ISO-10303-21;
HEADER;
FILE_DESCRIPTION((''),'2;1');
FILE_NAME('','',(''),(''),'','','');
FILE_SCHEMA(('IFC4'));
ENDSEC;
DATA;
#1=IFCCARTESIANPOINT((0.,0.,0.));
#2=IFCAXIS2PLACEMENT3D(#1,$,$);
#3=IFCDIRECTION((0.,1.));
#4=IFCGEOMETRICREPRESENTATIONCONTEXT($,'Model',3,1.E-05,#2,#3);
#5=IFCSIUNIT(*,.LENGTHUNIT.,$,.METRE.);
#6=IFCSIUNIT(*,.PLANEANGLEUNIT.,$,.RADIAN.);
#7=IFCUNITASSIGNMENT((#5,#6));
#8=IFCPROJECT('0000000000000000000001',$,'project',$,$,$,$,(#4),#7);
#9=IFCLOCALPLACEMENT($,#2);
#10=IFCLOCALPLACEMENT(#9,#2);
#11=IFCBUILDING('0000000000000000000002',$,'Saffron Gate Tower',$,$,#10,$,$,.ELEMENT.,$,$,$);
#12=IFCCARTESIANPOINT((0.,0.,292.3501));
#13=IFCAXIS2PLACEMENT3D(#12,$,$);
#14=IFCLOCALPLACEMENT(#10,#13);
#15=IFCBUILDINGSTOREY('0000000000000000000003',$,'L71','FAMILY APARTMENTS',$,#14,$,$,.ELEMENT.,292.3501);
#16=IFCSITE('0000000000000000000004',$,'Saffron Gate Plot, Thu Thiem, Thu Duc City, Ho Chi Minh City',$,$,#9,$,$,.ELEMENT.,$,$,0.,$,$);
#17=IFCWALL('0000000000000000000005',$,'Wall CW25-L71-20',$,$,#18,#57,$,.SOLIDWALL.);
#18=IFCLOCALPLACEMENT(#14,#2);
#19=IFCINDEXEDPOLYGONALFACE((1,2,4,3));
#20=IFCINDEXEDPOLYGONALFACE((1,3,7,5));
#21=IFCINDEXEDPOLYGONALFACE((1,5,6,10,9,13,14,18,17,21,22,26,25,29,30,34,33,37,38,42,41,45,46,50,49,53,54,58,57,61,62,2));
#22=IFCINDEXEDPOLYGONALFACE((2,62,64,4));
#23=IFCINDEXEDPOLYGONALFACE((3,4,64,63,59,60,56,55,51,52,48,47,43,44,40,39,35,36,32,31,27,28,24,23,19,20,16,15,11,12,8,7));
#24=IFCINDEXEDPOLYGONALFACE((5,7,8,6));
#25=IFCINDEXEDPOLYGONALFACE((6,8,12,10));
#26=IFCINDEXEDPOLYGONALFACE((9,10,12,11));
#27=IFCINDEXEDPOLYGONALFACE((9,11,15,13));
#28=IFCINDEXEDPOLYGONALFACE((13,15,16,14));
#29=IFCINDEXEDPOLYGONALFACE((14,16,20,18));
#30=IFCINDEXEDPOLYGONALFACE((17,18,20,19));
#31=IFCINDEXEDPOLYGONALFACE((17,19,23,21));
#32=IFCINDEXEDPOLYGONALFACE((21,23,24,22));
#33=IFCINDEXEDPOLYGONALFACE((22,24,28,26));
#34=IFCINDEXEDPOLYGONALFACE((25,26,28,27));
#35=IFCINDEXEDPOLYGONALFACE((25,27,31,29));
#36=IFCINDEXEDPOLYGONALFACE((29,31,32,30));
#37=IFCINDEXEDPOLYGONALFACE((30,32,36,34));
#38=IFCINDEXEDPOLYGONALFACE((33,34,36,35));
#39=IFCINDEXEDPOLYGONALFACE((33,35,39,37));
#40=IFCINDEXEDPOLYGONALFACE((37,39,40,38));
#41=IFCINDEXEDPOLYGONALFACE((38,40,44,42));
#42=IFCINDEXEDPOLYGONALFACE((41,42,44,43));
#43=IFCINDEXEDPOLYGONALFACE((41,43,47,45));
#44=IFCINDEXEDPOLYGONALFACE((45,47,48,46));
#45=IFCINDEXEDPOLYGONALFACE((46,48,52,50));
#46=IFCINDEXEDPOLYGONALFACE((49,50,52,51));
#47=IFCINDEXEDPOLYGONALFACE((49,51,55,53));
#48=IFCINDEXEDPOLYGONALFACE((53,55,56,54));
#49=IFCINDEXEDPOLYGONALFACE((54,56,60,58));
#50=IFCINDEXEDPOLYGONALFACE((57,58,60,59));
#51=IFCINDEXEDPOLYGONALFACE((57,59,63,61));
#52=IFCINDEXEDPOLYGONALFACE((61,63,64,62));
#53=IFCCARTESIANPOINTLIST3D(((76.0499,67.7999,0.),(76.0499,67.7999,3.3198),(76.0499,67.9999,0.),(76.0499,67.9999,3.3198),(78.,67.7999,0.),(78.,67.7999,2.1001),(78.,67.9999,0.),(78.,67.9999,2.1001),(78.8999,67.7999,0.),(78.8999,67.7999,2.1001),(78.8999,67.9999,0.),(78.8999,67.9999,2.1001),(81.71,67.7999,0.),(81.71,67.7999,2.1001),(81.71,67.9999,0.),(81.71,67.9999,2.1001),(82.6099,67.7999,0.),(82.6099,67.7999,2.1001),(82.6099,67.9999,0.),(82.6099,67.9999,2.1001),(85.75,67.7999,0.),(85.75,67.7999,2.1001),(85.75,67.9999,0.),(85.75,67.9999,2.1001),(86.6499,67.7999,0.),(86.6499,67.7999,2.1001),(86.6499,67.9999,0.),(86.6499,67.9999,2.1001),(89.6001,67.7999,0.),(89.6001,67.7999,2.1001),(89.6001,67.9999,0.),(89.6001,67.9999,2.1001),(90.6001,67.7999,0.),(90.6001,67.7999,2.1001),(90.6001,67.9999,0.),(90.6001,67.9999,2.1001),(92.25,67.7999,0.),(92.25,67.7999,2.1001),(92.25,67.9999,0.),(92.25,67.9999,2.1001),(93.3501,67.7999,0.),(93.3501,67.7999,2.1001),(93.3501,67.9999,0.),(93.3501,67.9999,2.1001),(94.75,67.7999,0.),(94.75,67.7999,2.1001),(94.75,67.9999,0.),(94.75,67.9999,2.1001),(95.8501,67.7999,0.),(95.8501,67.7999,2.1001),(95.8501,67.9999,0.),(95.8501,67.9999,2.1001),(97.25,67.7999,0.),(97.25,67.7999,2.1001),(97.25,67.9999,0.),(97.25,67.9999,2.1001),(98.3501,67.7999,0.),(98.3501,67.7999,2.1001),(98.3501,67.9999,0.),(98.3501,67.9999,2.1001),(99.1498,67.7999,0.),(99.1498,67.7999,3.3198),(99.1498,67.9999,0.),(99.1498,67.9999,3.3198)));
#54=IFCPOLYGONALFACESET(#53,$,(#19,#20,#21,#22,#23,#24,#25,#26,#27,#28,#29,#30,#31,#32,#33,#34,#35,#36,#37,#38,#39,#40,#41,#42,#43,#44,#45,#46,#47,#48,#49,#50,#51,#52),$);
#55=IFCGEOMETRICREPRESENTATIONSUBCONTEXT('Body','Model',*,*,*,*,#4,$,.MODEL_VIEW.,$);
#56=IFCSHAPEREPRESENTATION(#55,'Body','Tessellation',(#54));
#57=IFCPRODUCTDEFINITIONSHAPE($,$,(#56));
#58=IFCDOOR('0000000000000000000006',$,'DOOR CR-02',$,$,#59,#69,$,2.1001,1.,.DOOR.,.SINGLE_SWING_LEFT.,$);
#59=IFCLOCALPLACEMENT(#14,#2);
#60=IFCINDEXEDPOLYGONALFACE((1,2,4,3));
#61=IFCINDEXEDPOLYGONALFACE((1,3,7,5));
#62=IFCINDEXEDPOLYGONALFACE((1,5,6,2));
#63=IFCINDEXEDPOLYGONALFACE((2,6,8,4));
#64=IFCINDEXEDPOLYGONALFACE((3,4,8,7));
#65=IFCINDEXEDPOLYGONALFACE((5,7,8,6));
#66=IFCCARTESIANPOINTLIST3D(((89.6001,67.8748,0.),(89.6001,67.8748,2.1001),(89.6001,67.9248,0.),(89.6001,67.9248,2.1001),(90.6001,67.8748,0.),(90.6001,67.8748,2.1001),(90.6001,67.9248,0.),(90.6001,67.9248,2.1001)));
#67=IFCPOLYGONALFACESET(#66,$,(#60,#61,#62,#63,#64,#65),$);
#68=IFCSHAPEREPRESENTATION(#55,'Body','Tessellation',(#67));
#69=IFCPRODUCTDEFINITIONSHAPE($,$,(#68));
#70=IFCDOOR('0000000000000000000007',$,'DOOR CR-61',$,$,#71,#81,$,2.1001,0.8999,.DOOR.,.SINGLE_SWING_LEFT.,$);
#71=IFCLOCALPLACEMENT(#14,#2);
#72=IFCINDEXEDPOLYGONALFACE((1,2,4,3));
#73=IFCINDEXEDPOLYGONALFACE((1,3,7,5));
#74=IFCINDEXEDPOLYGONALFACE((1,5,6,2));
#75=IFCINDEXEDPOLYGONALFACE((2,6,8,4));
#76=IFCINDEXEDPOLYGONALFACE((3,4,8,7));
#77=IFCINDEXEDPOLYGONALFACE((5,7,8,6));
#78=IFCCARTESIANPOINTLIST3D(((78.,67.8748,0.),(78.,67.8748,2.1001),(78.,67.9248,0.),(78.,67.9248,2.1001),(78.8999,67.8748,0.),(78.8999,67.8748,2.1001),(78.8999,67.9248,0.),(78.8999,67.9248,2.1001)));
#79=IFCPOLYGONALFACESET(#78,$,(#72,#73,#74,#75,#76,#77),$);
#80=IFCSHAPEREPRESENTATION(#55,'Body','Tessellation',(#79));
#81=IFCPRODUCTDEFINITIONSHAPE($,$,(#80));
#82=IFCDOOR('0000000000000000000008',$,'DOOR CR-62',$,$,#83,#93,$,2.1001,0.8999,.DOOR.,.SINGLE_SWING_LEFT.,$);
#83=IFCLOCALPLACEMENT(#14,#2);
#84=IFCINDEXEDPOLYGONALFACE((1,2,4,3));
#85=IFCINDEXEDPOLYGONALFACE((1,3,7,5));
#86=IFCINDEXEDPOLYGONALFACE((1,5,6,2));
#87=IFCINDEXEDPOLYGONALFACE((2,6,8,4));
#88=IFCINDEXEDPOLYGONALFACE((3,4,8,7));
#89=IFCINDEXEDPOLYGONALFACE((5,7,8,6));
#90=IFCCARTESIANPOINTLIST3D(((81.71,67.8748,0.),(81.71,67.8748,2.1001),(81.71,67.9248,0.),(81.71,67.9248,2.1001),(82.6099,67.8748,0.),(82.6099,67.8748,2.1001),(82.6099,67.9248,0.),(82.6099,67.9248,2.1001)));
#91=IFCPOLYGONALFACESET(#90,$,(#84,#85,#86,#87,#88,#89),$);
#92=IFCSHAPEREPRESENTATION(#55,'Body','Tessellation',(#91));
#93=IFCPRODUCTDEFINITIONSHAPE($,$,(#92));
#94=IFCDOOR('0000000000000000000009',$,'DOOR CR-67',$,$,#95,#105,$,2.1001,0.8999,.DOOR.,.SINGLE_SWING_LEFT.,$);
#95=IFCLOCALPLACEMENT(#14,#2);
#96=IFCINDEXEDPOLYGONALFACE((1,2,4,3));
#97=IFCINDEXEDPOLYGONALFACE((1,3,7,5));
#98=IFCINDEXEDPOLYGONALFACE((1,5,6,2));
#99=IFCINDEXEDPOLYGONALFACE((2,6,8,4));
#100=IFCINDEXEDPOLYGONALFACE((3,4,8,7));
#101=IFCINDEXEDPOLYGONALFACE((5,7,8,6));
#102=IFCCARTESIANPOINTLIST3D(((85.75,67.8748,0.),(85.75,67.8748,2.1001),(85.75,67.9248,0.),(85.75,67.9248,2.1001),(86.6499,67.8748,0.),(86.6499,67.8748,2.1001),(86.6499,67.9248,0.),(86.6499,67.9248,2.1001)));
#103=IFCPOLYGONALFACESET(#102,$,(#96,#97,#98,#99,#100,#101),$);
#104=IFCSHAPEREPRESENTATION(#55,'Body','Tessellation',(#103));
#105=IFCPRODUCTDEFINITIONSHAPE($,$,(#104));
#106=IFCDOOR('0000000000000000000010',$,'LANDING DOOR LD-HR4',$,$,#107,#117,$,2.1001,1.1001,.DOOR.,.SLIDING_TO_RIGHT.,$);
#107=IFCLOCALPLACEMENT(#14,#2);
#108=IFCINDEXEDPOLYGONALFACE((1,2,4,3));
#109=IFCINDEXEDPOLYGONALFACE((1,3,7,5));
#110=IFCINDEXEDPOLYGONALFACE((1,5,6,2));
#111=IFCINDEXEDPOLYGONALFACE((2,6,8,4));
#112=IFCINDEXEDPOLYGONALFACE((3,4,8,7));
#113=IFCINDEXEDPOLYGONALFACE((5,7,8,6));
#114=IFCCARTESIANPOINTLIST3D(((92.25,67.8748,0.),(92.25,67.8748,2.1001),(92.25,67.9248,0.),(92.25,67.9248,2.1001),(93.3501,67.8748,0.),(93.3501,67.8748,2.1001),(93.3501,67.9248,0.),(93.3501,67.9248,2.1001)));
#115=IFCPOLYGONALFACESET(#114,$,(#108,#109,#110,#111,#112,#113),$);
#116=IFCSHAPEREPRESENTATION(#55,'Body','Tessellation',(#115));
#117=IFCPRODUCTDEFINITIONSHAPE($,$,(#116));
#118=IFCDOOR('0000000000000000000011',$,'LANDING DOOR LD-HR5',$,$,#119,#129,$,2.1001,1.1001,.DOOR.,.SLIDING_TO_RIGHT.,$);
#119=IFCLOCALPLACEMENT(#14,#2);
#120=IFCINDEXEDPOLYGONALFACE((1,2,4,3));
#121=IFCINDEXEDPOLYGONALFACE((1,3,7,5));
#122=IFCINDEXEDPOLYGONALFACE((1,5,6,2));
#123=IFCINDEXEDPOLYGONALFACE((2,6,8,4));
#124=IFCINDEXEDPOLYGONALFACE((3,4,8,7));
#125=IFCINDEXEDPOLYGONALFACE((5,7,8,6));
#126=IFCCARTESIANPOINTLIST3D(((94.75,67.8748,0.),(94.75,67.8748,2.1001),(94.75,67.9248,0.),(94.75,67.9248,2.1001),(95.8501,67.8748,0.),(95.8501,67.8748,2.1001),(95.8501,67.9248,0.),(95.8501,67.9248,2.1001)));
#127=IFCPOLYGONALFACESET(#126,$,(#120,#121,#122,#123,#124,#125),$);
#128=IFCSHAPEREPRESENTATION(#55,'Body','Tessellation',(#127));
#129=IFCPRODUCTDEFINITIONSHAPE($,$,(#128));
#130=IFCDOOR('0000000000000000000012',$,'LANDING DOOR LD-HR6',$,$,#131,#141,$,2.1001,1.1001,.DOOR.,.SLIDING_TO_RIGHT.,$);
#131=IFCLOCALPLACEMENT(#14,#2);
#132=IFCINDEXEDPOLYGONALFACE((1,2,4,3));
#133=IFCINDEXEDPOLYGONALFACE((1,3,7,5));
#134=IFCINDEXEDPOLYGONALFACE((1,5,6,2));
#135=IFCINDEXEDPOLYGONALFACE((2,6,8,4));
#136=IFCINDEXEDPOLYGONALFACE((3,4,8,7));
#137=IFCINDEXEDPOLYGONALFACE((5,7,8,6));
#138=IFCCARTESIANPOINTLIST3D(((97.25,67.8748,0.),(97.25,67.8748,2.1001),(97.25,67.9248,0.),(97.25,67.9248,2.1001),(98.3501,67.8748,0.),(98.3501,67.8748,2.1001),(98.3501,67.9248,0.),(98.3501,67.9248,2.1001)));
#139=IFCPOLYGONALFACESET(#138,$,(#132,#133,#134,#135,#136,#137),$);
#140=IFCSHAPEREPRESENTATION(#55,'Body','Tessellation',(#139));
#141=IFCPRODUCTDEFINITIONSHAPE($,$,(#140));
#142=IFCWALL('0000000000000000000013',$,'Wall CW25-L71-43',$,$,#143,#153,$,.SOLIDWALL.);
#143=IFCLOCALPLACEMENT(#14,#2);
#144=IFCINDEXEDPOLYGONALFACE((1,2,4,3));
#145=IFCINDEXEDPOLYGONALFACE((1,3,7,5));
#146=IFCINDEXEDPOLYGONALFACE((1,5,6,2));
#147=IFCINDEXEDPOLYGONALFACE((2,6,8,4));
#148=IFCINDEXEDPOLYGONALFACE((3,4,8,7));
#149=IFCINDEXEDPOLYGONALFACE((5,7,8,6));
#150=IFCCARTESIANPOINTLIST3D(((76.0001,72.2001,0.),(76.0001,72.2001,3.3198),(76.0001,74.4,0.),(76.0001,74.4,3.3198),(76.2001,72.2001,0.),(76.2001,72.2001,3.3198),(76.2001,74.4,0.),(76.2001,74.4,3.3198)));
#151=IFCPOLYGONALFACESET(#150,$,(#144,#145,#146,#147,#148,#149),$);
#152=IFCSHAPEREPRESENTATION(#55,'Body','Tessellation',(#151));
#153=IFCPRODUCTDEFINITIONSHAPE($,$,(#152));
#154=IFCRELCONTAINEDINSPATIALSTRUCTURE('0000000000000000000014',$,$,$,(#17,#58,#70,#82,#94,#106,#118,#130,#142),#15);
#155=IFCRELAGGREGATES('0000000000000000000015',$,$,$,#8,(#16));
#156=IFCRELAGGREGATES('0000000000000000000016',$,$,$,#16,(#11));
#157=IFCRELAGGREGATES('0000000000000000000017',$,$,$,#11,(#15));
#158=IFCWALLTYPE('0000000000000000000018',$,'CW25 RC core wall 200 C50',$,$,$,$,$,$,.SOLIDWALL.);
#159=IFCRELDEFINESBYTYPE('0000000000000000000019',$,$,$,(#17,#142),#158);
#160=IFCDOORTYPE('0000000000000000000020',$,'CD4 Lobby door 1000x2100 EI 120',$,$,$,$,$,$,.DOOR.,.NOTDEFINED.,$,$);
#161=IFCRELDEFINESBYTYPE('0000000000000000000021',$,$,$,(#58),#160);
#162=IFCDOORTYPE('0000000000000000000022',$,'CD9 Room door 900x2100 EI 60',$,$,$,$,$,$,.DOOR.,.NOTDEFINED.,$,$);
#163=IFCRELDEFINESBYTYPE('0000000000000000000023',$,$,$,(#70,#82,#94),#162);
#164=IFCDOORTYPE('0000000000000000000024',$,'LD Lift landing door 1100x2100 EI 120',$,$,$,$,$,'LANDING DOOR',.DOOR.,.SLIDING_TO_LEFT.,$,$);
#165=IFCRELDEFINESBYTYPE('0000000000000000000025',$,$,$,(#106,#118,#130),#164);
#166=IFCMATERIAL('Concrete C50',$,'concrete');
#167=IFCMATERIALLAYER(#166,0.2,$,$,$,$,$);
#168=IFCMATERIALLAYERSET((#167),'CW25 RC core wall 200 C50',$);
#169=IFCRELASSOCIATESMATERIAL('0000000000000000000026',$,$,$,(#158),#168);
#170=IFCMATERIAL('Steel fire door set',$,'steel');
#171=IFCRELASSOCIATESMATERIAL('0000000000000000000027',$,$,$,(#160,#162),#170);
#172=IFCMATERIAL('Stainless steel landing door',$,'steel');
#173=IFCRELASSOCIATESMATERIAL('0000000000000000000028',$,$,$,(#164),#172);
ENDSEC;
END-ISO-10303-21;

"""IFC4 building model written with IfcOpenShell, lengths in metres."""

from ifc_helpers import new_model, si_unit, direction, frame, frame_2d, origin, place, context, subcontext, project, spatial, rectangle, extrude, material, layer, layer_set, type_object, element, fill, save


model = new_model("IFC4")

# Units and contexts
model_context = context("Model", 3, precision=1e-05, world=origin(), true_north=direction((0.0, 1.0)))
body_context = subcontext(model_context, "Body", "Model", "MODEL_VIEW")
ifc_project = project(units=[si_unit("LENGTHUNIT", "METRE"), si_unit("PLANEANGLEUNIT", "RADIAN")], contexts=[model_context])

# Site, building, storey
site_placement = place(None, origin())
site = spatial("IfcSite", under=ifc_project, at=site_placement, Name="Saffron Gate Plot, Thu Thiem, Thu Duc City, Ho Chi Minh City", CompositionType="ELEMENT", RefElevation=0.0)
building_placement = place(site_placement, origin())
building = spatial("IfcBuilding", under=site, at=building_placement, Name="Saffron Gate Tower", CompositionType="ELEMENT")
storey_placement = place(building_placement, frame((0.0, 0.0, 292.3501)))
storey = spatial("IfcBuildingStorey", under=building, at=storey_placement, Name="L71", Description="FAMILY APARTMENTS", CompositionType="ELEMENT", Elevation=292.3501)

# Shared definitions
ifc_material_1 = material(Name="Concrete C50", Category="concrete")

# Wall, openings, doors
ifc_layer_1 = layer(ifc_material_1, 0.2)
ifc_layer_set_1 = layer_set([ifc_layer_1], Name="CW25 RC core wall 200 C50")
wall_type_1 = type_object("IfcWallType", Name="CW25 RC core wall 200 C50", PredefinedType="SOLIDWALL", material=ifc_layer_set_1)
wall_1_placement = place(storey_placement, frame((76.05, 67.8999, 0.0), z_axis=(0.0, 0.0, 1.0), x_axis=(1.0, 0.0, 0.0)))
wall_1 = element("IfcWall", 1, at=wall_1_placement, inside=storey, type_object=wall_type_1, Name="Wall CW25-L71-20", PredefinedType="SOLIDWALL", context=body_context, shape_type="SweptSolid", body=[
    extrude(rectangle(XDim=23.0999, YDim=0.2, at=frame_2d((11.5498, 0.0))), origin(), (0.0, 0.0, 1.0), 3.3198),
])
opening_1_placement = place(wall_1_placement, frame((1.95, 0.0, 0.0)))
opening_1 = element("IfcOpeningElement", 2, at=opening_1_placement, cuts=wall_1, PredefinedType="OPENING", context=body_context, shape_type="SweptSolid", body=[
    extrude(rectangle(XDim=0.8999, YDim=2.1001, at=frame_2d((0.45, 1.05))), frame((0.0, 0.1099, 0.0), z_axis=(0.0, -1.0, 0.0), x_axis=(1.0, 0.0, 0.0)), (0.0, 0.0, 1.0), 0.22),
])
opening_2_placement = place(wall_1_placement, frame((5.6599, 0.0, 0.0)))
opening_2 = element("IfcOpeningElement", 3, at=opening_2_placement, cuts=wall_1, PredefinedType="OPENING", context=body_context, shape_type="SweptSolid", body=[
    extrude(rectangle(XDim=0.8999, YDim=2.1001, at=frame_2d((0.45, 1.05))), frame((0.0, 0.1099, 0.0), z_axis=(0.0, -1.0, 0.0), x_axis=(1.0, 0.0, 0.0)), (0.0, 0.0, 1.0), 0.22),
])
opening_3_placement = place(wall_1_placement, frame((9.7, 0.0, 0.0)))
opening_3 = element("IfcOpeningElement", 4, at=opening_3_placement, cuts=wall_1, PredefinedType="OPENING", context=body_context, shape_type="SweptSolid", body=[
    extrude(rectangle(XDim=0.8999, YDim=2.1001, at=frame_2d((0.45, 1.05))), frame((0.0, 0.1099, 0.0), z_axis=(0.0, -1.0, 0.0), x_axis=(1.0, 0.0, 0.0)), (0.0, 0.0, 1.0), 0.22),
])
opening_4_placement = place(wall_1_placement, frame((13.55, 0.0, 0.0)))
opening_4 = element("IfcOpeningElement", 5, at=opening_4_placement, cuts=wall_1, PredefinedType="OPENING", context=body_context, shape_type="SweptSolid", body=[
    extrude(rectangle(XDim=1.0, YDim=2.1001, at=frame_2d((0.5, 1.05))), frame((0.0, 0.1099, 0.0), z_axis=(0.0, -1.0, 0.0), x_axis=(1.0, 0.0, 0.0)), (0.0, 0.0, 1.0), 0.22),
])
opening_5_placement = place(wall_1_placement, frame((16.2, 0.0, 0.0)))
opening_5 = element("IfcOpeningElement", 6, at=opening_5_placement, cuts=wall_1, PredefinedType="OPENING", context=body_context, shape_type="SweptSolid", body=[
    extrude(rectangle(XDim=1.1001, YDim=2.1001, at=frame_2d((0.55, 1.05))), frame((0.0, 0.1099, 0.0), z_axis=(0.0, -1.0, 0.0), x_axis=(1.0, 0.0, 0.0)), (0.0, 0.0, 1.0), 0.22),
])
opening_6_placement = place(wall_1_placement, frame((18.7, 0.0, 0.0)))
opening_6 = element("IfcOpeningElement", 7, at=opening_6_placement, cuts=wall_1, PredefinedType="OPENING", context=body_context, shape_type="SweptSolid", body=[
    extrude(rectangle(XDim=1.1001, YDim=2.1001, at=frame_2d((0.55, 1.05))), frame((0.0, 0.1099, 0.0), z_axis=(0.0, -1.0, 0.0), x_axis=(1.0, 0.0, 0.0)), (0.0, 0.0, 1.0), 0.22),
])
opening_7_placement = place(wall_1_placement, frame((21.2, 0.0, 0.0)))
opening_7 = element("IfcOpeningElement", 8, at=opening_7_placement, cuts=wall_1, PredefinedType="OPENING", context=body_context, shape_type="SweptSolid", body=[
    extrude(rectangle(XDim=1.1001, YDim=2.1001, at=frame_2d((0.55, 1.05))), frame((0.0, 0.1099, 0.0), z_axis=(0.0, -1.0, 0.0), x_axis=(1.0, 0.0, 0.0)), (0.0, 0.0, 1.0), 0.22),
])
ifc_material_2 = material(Name="Steel fire door set", Category="steel")
door_type_1 = type_object("IfcDoorType", Name="CD4 Lobby door 1000x2100 EI 120", OperationType="NOTDEFINED", PredefinedType="DOOR", material=ifc_material_2)
door_1_placement = place(opening_4_placement, origin())
door_1 = element("IfcDoor", 9, at=door_1_placement, inside=storey, type_object=door_type_1, Name="DOOR CR-02", OperationType="SINGLE_SWING_LEFT", OverallHeight=2.1001, OverallWidth=1.0, PredefinedType="DOOR", context=body_context, shape_type="SweptSolid", body=[
    extrude(rectangle(XDim=1.0, YDim=2.1001, at=frame_2d((0.5, 1.05))), frame((0.0, 0.0249, 0.0), z_axis=(0.0, -1.0, 0.0), x_axis=(1.0, 0.0, 0.0)), (0.0, 0.0, 1.0), 0.05),
])
fill(opening_4, door_1)
door_type_2 = type_object("IfcDoorType", Name="CD9 Room door 900x2100 EI 60", OperationType="NOTDEFINED", PredefinedType="DOOR", material=ifc_material_2)
door_2_placement = place(opening_1_placement, origin())
door_2 = element("IfcDoor", 10, at=door_2_placement, inside=storey, type_object=door_type_2, Name="DOOR CR-61", OperationType="SINGLE_SWING_LEFT", OverallHeight=2.1001, OverallWidth=0.8999, PredefinedType="DOOR", context=body_context, shape_type="SweptSolid", body=[
    extrude(rectangle(XDim=0.8999, YDim=2.1001, at=frame_2d((0.45, 1.05))), frame((0.0, 0.0249, 0.0), z_axis=(0.0, -1.0, 0.0), x_axis=(1.0, 0.0, 0.0)), (0.0, 0.0, 1.0), 0.05),
])
fill(opening_1, door_2)
door_3_placement = place(opening_2_placement, origin())
door_3 = element("IfcDoor", 11, at=door_3_placement, inside=storey, type_object=door_type_2, Name="DOOR CR-62", OperationType="SINGLE_SWING_LEFT", OverallHeight=2.1001, OverallWidth=0.8999, PredefinedType="DOOR", context=body_context, shape_type="SweptSolid", body=[
    extrude(rectangle(XDim=0.8999, YDim=2.1001, at=frame_2d((0.45, 1.05))), frame((0.0, 0.0249, 0.0), z_axis=(0.0, -1.0, 0.0), x_axis=(1.0, 0.0, 0.0)), (0.0, 0.0, 1.0), 0.05),
])
fill(opening_2, door_3)
door_4_placement = place(opening_3_placement, origin())
door_4 = element("IfcDoor", 12, at=door_4_placement, inside=storey, type_object=door_type_2, Name="DOOR CR-67", OperationType="SINGLE_SWING_LEFT", OverallHeight=2.1001, OverallWidth=0.8999, PredefinedType="DOOR", context=body_context, shape_type="SweptSolid", body=[
    extrude(rectangle(XDim=0.8999, YDim=2.1001, at=frame_2d((0.45, 1.05))), frame((0.0, 0.0249, 0.0), z_axis=(0.0, -1.0, 0.0), x_axis=(1.0, 0.0, 0.0)), (0.0, 0.0, 1.0), 0.05),
])
fill(opening_3, door_4)
ifc_material_3 = material(Name="Stainless steel landing door", Category="steel")
door_type_3 = type_object("IfcDoorType", Name="LD Lift landing door 1100x2100 EI 120", ElementType="LANDING DOOR", OperationType="SLIDING_TO_LEFT", PredefinedType="DOOR", material=ifc_material_3)
door_5_placement = place(opening_5_placement, origin())
door_5 = element("IfcDoor", 13, at=door_5_placement, inside=storey, type_object=door_type_3, Name="LANDING DOOR LD-HR4", OperationType="SLIDING_TO_RIGHT", OverallHeight=2.1001, OverallWidth=1.1001, PredefinedType="DOOR", context=body_context, shape_type="SweptSolid", body=[
    extrude(rectangle(XDim=1.1001, YDim=2.1001, at=frame_2d((0.55, 1.05))), frame((0.0, 0.0249, 0.0), z_axis=(0.0, -1.0, 0.0), x_axis=(1.0, 0.0, 0.0)), (0.0, 0.0, 1.0), 0.05),
])
fill(opening_5, door_5)
door_6_placement = place(opening_6_placement, origin())
door_6 = element("IfcDoor", 14, at=door_6_placement, inside=storey, type_object=door_type_3, Name="LANDING DOOR LD-HR5", OperationType="SLIDING_TO_RIGHT", OverallHeight=2.1001, OverallWidth=1.1001, PredefinedType="DOOR", context=body_context, shape_type="SweptSolid", body=[
    extrude(rectangle(XDim=1.1001, YDim=2.1001, at=frame_2d((0.55, 1.05))), frame((0.0, 0.0249, 0.0), z_axis=(0.0, -1.0, 0.0), x_axis=(1.0, 0.0, 0.0)), (0.0, 0.0, 1.0), 0.05),
])
fill(opening_6, door_6)
door_7_placement = place(opening_7_placement, origin())
door_7 = element("IfcDoor", 15, at=door_7_placement, inside=storey, type_object=door_type_3, Name="LANDING DOOR LD-HR6", OperationType="SLIDING_TO_RIGHT", OverallHeight=2.1001, OverallWidth=1.1001, PredefinedType="DOOR", context=body_context, shape_type="SweptSolid", body=[
    extrude(rectangle(XDim=1.1001, YDim=2.1001, at=frame_2d((0.55, 1.05))), frame((0.0, 0.0249, 0.0), z_axis=(0.0, -1.0, 0.0), x_axis=(1.0, 0.0, 0.0)), (0.0, 0.0, 1.0), 0.05),
])
fill(opening_7, door_7)

# Wall
wall_2_placement = place(storey_placement, frame((76.1001, 72.2, 0.0), z_axis=(0.0, 0.0, 1.0), x_axis=(0.0, 1.0, 0.0)))
element("IfcWall", 16, at=wall_2_placement, inside=storey, type_object=wall_type_1, Name="Wall CW25-L71-43", PredefinedType="SOLIDWALL", context=body_context, shape_type="SweptSolid", body=[
    extrude(rectangle(XDim=2.2, YDim=0.2, at=frame_2d((1.1001, 0.0))), origin(), (0.0, 0.0, 1.0), 3.3198),
])

save(model, "model.ifc")
